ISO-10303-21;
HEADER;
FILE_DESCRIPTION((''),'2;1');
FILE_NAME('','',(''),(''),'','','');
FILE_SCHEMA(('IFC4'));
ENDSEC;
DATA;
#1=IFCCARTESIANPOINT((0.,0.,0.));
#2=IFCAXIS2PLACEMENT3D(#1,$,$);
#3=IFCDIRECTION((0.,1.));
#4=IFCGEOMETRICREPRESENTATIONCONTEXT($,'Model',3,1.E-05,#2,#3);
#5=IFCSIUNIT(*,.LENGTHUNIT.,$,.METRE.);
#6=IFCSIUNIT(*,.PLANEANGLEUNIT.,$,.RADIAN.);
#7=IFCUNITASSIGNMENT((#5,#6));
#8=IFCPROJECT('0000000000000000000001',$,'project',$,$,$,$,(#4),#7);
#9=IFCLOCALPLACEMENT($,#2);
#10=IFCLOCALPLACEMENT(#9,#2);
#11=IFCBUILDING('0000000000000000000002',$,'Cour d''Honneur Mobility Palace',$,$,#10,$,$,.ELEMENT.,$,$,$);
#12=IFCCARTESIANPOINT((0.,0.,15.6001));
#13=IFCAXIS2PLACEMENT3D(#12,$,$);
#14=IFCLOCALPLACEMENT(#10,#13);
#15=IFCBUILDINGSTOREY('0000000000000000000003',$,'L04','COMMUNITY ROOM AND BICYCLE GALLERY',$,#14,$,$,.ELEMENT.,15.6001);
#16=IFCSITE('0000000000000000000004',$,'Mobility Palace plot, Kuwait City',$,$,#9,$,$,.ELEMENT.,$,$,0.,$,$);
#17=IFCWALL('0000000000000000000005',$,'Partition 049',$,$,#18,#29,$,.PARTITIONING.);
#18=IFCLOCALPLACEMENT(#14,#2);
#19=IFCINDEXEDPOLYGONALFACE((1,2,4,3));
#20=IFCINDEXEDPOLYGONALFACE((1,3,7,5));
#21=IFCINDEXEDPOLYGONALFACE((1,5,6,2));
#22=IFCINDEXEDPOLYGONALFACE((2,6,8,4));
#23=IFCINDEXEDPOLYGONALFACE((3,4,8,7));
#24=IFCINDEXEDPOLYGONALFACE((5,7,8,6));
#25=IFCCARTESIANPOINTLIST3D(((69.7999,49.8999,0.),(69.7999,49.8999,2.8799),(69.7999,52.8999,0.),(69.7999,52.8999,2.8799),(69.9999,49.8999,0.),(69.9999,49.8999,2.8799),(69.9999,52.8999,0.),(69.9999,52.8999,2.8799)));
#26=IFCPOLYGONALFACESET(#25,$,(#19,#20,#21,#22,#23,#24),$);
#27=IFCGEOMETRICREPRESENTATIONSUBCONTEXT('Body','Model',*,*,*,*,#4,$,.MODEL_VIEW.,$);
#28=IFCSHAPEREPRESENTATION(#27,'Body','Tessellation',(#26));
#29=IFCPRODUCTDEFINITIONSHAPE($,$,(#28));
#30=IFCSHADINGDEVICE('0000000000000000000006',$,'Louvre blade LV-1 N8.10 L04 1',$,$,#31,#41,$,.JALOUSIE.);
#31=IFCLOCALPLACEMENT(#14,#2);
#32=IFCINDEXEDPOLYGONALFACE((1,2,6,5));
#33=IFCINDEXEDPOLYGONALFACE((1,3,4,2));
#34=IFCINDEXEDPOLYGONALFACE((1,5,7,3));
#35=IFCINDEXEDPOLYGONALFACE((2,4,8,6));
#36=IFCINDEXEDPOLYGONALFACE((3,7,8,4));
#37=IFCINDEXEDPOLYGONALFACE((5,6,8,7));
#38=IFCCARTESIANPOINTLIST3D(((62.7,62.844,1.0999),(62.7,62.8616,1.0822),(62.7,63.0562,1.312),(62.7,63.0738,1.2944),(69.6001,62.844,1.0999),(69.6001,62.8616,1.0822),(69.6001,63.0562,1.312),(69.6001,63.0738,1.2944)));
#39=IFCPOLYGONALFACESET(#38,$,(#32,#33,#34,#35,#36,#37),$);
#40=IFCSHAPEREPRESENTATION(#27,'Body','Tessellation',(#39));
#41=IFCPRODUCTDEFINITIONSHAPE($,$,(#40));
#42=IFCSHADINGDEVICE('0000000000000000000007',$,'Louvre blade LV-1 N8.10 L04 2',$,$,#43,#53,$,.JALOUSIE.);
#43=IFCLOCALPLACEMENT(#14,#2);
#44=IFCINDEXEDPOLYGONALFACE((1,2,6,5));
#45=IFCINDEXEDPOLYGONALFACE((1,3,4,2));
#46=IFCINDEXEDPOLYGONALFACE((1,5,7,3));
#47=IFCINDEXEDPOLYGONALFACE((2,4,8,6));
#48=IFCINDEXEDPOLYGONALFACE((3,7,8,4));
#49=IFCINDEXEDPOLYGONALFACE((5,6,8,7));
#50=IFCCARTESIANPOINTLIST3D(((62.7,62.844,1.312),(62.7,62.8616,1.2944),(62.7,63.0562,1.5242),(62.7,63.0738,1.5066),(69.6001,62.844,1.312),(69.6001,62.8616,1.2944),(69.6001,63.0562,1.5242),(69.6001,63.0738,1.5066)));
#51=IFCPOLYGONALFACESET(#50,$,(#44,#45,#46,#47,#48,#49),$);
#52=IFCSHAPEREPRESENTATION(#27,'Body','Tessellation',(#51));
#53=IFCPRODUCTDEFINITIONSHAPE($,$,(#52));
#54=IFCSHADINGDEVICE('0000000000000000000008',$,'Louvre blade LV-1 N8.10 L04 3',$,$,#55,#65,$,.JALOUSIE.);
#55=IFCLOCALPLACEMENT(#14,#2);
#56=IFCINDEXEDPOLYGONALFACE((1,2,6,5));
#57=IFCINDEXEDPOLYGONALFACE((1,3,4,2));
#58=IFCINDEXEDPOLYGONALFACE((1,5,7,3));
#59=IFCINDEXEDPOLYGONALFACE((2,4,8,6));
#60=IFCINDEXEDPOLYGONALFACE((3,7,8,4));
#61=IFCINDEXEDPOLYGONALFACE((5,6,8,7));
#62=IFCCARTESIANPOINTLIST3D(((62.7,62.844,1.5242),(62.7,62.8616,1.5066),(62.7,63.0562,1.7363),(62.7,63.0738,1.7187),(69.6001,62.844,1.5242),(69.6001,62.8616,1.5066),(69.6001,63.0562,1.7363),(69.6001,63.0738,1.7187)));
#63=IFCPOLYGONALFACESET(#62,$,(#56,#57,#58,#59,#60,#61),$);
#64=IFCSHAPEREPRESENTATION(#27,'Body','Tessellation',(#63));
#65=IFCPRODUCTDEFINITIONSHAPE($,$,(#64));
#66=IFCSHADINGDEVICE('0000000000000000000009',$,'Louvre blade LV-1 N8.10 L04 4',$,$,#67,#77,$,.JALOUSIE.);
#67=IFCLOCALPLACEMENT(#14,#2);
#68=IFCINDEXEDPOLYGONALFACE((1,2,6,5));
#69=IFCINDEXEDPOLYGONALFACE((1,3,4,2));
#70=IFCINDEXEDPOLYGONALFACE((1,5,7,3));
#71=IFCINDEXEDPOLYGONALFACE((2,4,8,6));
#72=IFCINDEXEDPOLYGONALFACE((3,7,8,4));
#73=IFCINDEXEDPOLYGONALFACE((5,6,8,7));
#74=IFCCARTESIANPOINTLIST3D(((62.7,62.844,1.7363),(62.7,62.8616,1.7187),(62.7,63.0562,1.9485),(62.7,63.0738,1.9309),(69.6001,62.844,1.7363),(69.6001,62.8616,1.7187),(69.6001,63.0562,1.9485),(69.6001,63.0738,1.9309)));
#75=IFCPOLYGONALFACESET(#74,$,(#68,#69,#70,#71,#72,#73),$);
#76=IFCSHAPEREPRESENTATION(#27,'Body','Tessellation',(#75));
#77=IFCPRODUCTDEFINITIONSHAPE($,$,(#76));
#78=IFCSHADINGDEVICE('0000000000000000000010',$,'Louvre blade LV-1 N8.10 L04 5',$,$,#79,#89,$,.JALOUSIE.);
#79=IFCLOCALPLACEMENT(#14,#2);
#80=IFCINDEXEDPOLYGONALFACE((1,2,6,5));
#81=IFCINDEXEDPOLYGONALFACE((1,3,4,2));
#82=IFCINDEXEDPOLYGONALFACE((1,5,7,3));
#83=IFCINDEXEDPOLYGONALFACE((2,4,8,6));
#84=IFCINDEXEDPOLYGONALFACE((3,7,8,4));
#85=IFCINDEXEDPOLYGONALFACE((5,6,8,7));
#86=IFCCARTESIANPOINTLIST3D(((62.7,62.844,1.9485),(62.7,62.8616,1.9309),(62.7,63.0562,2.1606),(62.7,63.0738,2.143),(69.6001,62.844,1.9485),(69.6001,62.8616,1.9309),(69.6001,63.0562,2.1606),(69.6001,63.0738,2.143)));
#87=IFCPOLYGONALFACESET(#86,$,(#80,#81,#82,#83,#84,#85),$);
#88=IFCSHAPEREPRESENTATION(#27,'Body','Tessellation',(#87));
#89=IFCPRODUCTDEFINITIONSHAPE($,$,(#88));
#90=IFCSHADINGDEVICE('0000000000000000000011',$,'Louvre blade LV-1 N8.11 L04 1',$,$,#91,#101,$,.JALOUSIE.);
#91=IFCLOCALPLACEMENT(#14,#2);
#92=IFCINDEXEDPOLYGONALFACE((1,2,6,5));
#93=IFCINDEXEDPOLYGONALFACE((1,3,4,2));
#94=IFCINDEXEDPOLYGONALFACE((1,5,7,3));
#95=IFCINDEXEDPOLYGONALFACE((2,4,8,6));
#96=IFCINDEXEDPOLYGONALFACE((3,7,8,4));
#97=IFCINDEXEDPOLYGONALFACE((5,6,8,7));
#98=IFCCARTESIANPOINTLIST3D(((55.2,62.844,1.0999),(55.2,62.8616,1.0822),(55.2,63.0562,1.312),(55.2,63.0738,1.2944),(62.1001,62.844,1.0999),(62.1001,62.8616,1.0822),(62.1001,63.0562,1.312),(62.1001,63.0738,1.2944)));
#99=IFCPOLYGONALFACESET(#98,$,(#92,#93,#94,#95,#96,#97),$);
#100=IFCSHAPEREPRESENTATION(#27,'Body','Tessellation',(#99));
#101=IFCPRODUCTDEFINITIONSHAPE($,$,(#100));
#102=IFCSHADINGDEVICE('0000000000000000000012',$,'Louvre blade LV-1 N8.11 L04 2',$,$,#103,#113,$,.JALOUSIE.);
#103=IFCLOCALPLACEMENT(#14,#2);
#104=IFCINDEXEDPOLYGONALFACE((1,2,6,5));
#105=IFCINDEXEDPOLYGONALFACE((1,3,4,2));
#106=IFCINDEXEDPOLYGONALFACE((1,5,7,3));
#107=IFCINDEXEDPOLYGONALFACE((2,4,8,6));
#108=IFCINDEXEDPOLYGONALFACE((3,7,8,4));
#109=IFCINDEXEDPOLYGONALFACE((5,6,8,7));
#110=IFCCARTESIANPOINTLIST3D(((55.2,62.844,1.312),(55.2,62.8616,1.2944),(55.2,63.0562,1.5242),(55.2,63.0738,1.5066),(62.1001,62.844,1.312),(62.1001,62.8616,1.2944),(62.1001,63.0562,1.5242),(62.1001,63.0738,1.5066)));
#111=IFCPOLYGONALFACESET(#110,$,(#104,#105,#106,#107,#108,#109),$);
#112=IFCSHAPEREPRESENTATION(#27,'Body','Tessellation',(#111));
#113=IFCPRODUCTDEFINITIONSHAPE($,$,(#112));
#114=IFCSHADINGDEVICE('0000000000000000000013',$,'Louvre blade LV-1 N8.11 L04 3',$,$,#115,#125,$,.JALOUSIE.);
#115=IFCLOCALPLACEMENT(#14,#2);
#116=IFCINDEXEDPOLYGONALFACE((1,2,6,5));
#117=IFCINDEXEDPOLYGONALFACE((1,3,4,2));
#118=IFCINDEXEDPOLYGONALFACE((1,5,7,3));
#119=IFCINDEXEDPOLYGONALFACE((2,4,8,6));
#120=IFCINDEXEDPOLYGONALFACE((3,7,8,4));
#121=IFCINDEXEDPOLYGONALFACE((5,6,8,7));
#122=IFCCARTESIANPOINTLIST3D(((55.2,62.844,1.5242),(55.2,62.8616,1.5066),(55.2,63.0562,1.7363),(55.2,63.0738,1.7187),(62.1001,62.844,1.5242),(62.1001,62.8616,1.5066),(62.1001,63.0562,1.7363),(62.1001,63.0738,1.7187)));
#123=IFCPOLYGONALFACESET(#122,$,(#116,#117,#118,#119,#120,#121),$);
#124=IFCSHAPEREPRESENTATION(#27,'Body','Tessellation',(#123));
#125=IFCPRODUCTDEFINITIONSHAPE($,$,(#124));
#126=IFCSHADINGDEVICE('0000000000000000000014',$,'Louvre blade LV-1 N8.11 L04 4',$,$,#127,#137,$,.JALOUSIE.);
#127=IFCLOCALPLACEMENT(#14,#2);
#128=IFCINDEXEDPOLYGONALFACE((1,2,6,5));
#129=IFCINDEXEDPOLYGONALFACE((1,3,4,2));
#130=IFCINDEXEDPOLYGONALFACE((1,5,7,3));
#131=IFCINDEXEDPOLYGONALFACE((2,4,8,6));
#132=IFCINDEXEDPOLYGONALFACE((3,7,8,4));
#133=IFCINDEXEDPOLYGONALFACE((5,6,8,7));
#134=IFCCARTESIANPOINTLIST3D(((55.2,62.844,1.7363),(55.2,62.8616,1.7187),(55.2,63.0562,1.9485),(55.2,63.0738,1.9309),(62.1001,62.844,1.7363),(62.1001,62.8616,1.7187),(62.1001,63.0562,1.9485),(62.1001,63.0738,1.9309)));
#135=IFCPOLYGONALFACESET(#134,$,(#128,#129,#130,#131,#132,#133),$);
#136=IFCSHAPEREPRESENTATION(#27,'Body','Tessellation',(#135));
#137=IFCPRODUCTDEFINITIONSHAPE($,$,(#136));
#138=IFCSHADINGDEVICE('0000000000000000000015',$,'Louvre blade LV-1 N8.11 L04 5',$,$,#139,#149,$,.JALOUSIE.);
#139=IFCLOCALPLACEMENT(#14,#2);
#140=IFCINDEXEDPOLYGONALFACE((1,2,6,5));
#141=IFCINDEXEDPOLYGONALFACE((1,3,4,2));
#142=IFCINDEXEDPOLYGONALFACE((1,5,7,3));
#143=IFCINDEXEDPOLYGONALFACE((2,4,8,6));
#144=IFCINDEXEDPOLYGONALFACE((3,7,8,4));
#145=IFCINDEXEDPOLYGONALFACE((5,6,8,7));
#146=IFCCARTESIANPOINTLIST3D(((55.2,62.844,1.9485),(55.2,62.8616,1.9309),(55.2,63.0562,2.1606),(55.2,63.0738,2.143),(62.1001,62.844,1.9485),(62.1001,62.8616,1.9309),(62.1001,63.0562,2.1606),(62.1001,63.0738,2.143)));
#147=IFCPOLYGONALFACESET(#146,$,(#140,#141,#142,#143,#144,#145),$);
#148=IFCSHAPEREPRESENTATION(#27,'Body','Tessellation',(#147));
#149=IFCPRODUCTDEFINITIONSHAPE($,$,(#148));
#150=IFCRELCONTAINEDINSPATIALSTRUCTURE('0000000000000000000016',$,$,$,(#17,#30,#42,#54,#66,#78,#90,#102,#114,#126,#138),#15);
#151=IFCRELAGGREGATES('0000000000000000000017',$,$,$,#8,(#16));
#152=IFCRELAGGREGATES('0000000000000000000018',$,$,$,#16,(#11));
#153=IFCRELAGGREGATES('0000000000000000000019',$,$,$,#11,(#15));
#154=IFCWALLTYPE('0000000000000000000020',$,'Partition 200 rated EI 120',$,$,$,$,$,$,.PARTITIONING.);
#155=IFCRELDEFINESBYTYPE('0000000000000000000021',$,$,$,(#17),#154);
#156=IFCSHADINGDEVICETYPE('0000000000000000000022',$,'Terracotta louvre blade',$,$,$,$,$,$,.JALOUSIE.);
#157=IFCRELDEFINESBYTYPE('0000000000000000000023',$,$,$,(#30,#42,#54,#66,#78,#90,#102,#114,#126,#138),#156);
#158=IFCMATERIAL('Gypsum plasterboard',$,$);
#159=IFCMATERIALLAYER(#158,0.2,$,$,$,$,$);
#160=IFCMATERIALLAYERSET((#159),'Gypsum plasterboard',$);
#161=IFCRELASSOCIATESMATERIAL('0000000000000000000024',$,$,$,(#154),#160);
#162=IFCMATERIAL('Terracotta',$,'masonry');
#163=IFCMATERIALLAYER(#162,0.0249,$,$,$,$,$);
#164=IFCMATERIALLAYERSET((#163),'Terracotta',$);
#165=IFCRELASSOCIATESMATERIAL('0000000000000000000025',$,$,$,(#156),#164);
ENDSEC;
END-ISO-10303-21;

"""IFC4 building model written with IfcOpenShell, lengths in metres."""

from ifc_helpers import new_model, si_unit, direction, frame, frame_2d, origin, place, context, subcontext, project, spatial, polyline, rectangle, outline, extrude, material, layer, layer_set, type_object, element, save


model = new_model("IFC4")

# Units and contexts
model_context = context("Model", 3, precision=1e-05, world=origin(), true_north=direction((0.0, 1.0)))
body_context = subcontext(model_context, "Body", "Model", "MODEL_VIEW")
ifc_project = project(units=[si_unit("LENGTHUNIT", "METRE"), si_unit("PLANEANGLEUNIT", "RADIAN")], contexts=[model_context])

# Site, building, storey
site_placement = place(None, origin())
site = spatial("IfcSite", under=ifc_project, at=site_placement, Name="Mobility Palace plot, Kuwait City", CompositionType="ELEMENT", RefElevation=0.0)
building_placement = place(site_placement, origin())
building = spatial("IfcBuilding", under=site, at=building_placement, Name="Cour d'Honneur Mobility Palace", CompositionType="ELEMENT")
storey_placement = place(building_placement, frame((0.0, 0.0, 15.6001)))
storey = spatial("IfcBuildingStorey", under=building, at=storey_placement, Name="L04", Description="COMMUNITY ROOM AND BICYCLE GALLERY", CompositionType="ELEMENT", Elevation=15.6001)

# Wall
ifc_material_1 = material(Name="Gypsum plasterboard")
ifc_layer_1 = layer(ifc_material_1, 0.2)
ifc_layer_set_1 = layer_set([ifc_layer_1], Name="Gypsum plasterboard")
wall_type_1 = type_object("IfcWallType", Name="Partition 200 rated EI 120", PredefinedType="PARTITIONING", material=ifc_layer_set_1)
wall_1_placement = place(storey_placement, frame((69.8999, 52.8999, 0.0), z_axis=(0.0, 0.0, 1.0), x_axis=(0.0, -1.0, 0.0)))
element("IfcWall", 1, at=wall_1_placement, inside=storey, type_object=wall_type_1, Name="Partition 049", PredefinedType="PARTITIONING", context=body_context, shape_type="SweptSolid", body=[
    extrude(rectangle(XDim=3.0, YDim=0.2, at=frame_2d((1.5, 0.0))), origin(), (0.0, 0.0, 1.0), 2.8799),
])

# Shading devices
ifc_material_2 = material(Name="Terracotta", Category="masonry")
ifc_layer_2 = layer(ifc_material_2, 0.0249)
ifc_layer_set_2 = layer_set([ifc_layer_2], Name="Terracotta")
shading_device_type = type_object("IfcShadingDeviceType", Name="Terracotta louvre blade", PredefinedType="JALOUSIE", material=ifc_layer_set_2)
for number, where, z_axis, x_axis, name in (
    (2, (69.6001, 62.844, 1.0999), (0.0, -0.707107, 0.707107), (-1.0, 0.0, 0.0), "Louvre blade LV-1 N8.10 L04 1"),
    (3, (69.6001, 62.844, 1.312), (0.0, -0.707107, 0.707107), (-1.0, 0.0, 0.0), "Louvre blade LV-1 N8.10 L04 2"),
    (4, (69.6001, 62.844, 1.5242), (0.0, -0.707107, 0.707107), (-1.0, 0.0, 0.0), "Louvre blade LV-1 N8.10 L04 3"),
    (5, (69.6001, 62.844, 1.7363), (0.0, -0.707107, 0.707107), (-1.0, 0.0, 0.0), "Louvre blade LV-1 N8.10 L04 4"),
    (6, (69.6001, 62.844, 1.9485), (0.0, -0.707107, 0.707107), (-1.0, 0.0, 0.0), "Louvre blade LV-1 N8.10 L04 5"),
    (7, (62.1001, 62.844, 1.0999), (0.0, -0.707107, 0.707107), (-1.0, 0.0, 0.0), "Louvre blade LV-1 N8.11 L04 1"),
    (8, (62.1001, 62.844, 1.312), (0.0, -0.707107, 0.707107), (-1.0, 0.0, 0.0), "Louvre blade LV-1 N8.11 L04 2"),
    (9, (62.1001, 62.844, 1.5242), (0.0, -0.707107, 0.707107), (-1.0, 0.0, 0.0), "Louvre blade LV-1 N8.11 L04 3"),
    (10, (62.1001, 62.844, 1.7363), (0.0, -0.707107, 0.707107), (-1.0, 0.0, 0.0), "Louvre blade LV-1 N8.11 L04 4"),
    (11, (62.1001, 62.844, 1.9485), (0.0, -0.707107, 0.707107), (-1.0, 0.0, 0.0), "Louvre blade LV-1 N8.11 L04 5"),
):
    element("IfcShadingDevice", number, at=place(storey_placement, frame(where, z_axis=z_axis, x_axis=x_axis)), inside=storey, type_object=shading_device_type, Name=name, PredefinedType="JALOUSIE", context=body_context, shape_type="SweptSolid", body=[
        extrude(outline(polyline([(0.0, 0.0), (6.9001, 0.0), (6.9001, -0.3), (0.0, -0.3), (0.0, 0.0)])), origin(), (0.0, 0.0, -1.0), 0.0249),
    ])

save(model, "model.ifc")
